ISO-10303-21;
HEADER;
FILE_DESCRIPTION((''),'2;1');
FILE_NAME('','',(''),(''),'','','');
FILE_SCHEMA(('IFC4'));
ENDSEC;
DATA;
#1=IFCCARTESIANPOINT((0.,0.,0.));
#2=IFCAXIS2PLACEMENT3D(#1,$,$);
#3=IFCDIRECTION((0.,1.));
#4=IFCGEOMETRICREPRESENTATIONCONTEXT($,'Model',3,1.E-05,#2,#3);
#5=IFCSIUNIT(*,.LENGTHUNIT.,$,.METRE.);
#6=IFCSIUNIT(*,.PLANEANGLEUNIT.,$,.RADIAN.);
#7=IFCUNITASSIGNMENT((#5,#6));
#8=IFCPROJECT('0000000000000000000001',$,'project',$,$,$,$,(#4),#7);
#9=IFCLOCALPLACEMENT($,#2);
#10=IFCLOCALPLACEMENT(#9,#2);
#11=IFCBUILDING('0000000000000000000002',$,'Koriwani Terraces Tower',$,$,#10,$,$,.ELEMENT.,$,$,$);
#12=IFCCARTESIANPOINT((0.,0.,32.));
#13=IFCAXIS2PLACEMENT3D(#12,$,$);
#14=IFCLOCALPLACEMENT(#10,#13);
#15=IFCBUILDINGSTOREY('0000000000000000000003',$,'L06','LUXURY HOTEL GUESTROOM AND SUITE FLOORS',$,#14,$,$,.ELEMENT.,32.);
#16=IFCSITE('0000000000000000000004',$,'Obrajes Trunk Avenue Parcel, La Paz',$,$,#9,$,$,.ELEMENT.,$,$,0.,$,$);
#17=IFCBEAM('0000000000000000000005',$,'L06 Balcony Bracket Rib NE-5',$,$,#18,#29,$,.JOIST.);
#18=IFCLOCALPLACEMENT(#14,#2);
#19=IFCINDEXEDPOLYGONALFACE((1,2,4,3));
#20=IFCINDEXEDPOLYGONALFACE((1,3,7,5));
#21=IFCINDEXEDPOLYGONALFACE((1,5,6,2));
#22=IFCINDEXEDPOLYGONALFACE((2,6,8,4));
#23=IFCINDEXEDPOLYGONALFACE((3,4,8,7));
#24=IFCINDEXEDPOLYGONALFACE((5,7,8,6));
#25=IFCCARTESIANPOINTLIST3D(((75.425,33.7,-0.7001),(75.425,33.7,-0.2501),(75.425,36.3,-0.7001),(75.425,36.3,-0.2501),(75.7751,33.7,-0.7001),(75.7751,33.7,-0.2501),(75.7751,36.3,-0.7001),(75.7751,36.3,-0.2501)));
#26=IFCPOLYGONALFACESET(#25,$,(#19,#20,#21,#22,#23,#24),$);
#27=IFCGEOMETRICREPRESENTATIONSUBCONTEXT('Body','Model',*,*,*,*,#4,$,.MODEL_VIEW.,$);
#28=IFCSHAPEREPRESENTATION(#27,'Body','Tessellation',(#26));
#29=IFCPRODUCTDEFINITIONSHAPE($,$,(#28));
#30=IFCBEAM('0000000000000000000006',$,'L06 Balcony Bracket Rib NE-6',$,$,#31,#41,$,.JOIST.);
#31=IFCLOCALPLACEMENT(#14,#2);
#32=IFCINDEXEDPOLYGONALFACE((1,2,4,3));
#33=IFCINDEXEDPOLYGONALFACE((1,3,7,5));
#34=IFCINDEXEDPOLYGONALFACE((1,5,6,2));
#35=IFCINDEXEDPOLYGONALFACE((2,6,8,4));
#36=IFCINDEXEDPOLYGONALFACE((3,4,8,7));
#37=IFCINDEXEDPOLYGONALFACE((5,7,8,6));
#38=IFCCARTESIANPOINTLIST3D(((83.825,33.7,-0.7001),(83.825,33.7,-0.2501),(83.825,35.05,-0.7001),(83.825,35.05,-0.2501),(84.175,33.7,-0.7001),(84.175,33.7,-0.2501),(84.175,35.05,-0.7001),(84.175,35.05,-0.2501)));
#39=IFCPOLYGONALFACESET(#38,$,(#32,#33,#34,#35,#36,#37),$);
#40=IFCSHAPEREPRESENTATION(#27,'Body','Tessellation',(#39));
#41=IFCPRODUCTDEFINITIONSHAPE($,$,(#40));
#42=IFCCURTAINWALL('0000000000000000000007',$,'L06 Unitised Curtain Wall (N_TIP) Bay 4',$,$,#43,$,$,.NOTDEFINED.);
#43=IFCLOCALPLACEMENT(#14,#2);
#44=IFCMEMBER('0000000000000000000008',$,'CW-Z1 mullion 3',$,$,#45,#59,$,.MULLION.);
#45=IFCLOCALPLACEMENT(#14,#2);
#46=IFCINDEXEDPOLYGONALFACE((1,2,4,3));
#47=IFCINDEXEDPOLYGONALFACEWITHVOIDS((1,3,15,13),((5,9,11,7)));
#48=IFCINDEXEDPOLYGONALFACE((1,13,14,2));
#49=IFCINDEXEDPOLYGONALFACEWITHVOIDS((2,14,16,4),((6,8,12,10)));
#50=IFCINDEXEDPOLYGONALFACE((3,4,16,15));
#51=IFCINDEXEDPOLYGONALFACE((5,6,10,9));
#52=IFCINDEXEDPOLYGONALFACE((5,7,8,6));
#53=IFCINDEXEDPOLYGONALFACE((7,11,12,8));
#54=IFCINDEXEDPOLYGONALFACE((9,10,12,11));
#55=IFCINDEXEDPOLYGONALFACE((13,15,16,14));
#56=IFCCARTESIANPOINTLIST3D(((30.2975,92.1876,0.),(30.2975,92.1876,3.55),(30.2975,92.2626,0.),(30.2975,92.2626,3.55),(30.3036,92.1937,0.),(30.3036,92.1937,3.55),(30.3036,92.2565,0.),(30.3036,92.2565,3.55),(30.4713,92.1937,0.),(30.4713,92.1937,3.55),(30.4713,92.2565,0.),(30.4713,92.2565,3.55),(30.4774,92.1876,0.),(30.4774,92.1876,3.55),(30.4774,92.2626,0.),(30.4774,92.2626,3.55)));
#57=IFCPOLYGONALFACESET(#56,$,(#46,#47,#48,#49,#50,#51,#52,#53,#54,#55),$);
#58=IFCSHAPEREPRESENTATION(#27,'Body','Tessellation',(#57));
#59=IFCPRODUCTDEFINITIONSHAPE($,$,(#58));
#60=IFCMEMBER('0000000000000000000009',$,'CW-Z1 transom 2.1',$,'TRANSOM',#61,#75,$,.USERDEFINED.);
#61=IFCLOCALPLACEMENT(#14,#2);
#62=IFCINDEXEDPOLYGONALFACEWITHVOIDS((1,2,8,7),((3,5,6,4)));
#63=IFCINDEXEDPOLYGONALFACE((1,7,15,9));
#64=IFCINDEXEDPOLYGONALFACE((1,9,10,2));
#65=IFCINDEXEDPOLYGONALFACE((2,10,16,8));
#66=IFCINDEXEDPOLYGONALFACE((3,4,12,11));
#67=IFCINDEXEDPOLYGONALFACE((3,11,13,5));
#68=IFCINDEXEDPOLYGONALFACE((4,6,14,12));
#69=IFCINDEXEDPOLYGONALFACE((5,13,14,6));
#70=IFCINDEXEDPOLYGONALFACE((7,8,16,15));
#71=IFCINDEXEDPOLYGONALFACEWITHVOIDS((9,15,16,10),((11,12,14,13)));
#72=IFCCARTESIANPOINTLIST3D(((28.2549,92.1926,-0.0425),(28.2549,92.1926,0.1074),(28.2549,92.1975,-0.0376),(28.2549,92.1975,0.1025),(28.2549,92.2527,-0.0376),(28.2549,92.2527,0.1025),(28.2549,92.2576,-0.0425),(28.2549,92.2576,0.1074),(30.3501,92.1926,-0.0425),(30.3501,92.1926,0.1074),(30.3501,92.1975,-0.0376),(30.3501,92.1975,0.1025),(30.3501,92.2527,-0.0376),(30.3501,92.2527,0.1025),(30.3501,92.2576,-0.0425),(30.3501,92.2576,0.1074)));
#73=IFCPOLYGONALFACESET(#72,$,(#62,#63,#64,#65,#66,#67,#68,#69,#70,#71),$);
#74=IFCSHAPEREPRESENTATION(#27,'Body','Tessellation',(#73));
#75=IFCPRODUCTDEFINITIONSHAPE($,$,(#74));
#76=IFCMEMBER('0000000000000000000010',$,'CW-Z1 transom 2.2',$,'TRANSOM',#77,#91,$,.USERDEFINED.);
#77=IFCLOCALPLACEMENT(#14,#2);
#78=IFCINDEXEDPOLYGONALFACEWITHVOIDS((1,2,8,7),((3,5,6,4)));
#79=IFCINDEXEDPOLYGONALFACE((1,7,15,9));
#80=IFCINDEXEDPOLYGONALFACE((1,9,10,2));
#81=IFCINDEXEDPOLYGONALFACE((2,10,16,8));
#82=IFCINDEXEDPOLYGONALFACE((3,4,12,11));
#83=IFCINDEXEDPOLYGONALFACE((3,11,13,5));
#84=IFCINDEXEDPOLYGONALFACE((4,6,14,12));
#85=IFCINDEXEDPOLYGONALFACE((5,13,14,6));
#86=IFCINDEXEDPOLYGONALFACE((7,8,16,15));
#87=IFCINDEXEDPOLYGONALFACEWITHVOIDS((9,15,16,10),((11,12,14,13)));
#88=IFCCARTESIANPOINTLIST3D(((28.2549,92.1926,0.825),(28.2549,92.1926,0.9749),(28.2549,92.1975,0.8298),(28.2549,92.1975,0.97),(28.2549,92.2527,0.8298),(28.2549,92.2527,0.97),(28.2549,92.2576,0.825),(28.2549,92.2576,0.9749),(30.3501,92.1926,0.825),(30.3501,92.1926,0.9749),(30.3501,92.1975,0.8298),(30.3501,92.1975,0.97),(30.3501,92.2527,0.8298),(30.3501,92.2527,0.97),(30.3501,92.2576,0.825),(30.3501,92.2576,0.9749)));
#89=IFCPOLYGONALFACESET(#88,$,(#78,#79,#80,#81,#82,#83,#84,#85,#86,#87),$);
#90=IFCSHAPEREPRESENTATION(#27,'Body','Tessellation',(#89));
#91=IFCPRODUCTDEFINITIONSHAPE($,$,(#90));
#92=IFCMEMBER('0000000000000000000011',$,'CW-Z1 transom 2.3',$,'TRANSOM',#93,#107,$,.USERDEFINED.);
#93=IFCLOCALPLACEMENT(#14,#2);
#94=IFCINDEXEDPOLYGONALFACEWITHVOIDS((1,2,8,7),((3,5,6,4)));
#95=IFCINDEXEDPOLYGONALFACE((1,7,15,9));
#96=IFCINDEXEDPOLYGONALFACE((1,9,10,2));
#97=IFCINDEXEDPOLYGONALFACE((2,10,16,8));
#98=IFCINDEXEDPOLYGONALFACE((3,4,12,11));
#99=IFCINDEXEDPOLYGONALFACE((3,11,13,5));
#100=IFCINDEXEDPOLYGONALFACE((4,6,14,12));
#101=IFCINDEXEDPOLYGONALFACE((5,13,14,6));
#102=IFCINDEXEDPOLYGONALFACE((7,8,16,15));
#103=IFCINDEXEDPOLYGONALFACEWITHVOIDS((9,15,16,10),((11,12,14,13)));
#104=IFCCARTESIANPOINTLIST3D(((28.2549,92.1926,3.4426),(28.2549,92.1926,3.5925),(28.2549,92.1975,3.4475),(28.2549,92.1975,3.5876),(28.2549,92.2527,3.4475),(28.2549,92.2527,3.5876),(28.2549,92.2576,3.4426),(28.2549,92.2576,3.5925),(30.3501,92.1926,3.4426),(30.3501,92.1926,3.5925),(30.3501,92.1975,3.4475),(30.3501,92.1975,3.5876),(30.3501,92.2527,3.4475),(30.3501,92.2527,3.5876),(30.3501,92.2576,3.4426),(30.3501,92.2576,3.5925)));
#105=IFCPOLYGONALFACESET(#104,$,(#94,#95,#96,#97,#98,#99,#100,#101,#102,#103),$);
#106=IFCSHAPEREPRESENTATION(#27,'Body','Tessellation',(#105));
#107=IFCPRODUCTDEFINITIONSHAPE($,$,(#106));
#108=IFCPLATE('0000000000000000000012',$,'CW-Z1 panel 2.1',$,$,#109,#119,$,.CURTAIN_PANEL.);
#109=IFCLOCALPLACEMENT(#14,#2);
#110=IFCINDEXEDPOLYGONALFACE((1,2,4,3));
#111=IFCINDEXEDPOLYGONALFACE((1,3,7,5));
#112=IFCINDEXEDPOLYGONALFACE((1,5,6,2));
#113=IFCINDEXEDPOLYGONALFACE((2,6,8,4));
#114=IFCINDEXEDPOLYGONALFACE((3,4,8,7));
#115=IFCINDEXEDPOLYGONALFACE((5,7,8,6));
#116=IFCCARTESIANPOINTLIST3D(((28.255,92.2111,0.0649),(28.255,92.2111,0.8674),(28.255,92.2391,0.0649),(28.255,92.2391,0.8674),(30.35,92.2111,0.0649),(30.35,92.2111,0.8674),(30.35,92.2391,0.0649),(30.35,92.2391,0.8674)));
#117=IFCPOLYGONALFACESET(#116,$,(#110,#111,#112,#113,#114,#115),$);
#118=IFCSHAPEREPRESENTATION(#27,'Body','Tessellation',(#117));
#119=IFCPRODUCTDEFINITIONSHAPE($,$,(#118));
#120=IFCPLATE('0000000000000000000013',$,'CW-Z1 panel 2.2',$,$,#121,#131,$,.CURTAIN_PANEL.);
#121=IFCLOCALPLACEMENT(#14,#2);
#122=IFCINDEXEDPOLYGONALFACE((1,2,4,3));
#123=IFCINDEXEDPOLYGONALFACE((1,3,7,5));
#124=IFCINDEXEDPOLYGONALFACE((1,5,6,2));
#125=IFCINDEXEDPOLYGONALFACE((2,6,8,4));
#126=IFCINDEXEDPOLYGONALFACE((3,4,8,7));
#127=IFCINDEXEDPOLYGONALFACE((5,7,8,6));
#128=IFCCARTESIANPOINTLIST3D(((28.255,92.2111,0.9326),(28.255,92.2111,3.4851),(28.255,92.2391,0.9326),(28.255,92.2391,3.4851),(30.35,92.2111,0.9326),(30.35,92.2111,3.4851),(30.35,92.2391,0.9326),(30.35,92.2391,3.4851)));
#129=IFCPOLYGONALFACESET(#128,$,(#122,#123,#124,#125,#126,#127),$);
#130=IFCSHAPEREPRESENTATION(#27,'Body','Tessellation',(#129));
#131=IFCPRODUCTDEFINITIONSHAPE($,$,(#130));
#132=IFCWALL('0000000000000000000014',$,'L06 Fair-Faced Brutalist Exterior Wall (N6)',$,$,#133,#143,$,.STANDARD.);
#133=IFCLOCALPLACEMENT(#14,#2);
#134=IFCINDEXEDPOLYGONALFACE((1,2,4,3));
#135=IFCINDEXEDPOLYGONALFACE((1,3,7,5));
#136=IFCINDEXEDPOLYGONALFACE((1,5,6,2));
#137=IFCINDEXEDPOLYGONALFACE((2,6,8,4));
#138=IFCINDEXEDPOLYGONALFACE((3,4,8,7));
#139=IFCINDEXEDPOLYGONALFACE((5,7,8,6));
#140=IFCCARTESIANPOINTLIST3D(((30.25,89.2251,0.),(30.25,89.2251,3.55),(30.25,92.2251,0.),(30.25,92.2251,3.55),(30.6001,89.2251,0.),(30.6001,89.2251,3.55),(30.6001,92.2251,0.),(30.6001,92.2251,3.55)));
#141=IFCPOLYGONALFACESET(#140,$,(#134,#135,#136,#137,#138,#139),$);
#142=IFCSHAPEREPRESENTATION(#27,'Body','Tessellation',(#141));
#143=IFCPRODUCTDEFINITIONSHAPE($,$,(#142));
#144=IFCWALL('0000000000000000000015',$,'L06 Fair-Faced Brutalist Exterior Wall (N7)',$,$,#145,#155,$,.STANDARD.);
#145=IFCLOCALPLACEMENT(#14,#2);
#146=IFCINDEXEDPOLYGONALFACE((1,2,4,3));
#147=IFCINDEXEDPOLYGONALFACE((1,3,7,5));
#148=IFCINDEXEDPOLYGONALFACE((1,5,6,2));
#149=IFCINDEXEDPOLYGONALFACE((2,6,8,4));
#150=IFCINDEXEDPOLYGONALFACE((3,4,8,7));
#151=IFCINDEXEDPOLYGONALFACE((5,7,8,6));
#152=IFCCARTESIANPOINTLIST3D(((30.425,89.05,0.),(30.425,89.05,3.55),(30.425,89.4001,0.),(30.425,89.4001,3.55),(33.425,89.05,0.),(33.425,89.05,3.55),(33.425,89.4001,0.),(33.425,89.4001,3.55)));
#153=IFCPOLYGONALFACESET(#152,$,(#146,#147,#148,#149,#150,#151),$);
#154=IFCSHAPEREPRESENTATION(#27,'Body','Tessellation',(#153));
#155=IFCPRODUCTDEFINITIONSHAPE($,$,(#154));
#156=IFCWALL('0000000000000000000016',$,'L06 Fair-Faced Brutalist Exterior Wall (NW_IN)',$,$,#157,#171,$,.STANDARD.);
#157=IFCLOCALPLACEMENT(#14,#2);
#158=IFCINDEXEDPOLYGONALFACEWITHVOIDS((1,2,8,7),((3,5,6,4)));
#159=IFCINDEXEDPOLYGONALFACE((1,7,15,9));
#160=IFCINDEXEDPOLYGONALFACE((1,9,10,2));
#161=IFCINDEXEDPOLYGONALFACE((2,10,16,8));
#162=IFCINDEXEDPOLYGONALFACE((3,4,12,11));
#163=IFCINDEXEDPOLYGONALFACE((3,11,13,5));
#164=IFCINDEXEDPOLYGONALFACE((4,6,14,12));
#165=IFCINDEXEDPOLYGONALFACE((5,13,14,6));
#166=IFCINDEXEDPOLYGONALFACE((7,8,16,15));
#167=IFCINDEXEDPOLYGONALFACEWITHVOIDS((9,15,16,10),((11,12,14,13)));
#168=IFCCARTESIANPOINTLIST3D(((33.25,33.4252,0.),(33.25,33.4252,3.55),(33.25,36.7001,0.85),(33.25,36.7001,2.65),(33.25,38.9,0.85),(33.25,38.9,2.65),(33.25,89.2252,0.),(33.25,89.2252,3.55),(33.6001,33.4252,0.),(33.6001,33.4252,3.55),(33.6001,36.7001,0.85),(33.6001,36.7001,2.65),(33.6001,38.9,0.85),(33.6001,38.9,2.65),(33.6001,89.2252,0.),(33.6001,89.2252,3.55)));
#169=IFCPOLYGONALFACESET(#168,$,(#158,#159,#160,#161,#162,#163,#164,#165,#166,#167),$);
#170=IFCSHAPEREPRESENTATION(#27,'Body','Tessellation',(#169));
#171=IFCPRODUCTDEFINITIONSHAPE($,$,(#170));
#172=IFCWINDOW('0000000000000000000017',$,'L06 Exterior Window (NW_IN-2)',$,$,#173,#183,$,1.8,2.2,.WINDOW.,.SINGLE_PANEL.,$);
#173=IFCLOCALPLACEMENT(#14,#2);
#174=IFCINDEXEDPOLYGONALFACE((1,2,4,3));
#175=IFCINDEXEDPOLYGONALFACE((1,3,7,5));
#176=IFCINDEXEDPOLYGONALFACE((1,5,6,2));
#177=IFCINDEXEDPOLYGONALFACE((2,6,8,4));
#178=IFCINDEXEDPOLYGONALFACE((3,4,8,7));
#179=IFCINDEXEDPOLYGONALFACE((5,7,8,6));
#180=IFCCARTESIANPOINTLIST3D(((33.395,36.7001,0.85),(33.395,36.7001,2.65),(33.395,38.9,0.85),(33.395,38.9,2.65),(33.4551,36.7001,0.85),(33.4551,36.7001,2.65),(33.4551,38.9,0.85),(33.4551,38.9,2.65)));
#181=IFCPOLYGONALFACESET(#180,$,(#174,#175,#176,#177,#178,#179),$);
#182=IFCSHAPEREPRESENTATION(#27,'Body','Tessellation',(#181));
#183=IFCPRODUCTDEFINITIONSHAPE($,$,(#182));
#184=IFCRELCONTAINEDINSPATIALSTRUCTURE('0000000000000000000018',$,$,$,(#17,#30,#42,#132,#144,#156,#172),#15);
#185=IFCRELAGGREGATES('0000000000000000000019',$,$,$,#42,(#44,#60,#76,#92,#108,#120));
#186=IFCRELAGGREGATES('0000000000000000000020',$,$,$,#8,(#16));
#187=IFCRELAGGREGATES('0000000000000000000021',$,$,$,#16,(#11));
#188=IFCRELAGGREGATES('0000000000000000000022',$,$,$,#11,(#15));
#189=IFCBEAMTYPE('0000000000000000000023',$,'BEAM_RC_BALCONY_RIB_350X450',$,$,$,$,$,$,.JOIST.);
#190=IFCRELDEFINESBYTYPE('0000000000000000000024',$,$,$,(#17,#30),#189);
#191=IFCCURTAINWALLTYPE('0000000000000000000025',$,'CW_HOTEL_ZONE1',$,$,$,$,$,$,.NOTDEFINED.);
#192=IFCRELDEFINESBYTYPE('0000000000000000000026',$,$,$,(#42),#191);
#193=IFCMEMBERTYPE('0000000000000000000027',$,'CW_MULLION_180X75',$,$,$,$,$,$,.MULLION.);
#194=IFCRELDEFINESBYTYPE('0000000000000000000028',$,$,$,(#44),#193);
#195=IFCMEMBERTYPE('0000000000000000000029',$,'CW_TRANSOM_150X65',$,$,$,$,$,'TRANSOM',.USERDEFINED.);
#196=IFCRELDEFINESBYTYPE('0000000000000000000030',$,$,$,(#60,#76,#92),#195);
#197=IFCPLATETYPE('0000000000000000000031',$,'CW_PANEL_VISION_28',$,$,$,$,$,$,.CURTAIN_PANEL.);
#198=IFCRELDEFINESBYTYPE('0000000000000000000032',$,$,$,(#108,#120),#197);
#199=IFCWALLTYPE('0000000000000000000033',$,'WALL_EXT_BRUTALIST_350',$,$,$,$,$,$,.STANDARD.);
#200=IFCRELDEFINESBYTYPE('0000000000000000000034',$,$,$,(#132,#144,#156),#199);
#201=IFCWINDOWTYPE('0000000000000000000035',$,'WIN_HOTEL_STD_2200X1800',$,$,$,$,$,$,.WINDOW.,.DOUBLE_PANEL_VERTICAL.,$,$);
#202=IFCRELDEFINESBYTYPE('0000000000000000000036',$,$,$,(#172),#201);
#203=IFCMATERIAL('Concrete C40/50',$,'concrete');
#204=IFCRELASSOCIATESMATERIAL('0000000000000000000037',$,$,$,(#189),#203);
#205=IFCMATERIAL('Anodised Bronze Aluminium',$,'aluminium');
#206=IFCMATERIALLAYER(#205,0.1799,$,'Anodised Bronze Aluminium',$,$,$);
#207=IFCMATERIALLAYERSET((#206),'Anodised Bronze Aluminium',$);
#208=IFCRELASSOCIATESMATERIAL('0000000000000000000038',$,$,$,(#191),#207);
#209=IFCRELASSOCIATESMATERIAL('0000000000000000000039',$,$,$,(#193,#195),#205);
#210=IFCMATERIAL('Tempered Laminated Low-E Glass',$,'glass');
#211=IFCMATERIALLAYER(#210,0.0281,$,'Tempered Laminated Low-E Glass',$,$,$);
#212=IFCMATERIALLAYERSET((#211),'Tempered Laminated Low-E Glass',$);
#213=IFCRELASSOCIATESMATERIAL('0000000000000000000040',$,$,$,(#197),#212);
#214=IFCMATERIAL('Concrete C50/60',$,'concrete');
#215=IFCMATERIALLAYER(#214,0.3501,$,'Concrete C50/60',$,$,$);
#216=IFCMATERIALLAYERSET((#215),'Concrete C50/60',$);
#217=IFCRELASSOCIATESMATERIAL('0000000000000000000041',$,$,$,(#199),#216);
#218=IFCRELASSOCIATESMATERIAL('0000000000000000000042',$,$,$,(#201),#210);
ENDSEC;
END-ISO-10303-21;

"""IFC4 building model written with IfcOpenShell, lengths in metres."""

from ifc_helpers import new_model, si_unit, direction, frame, frame_2d, origin, origin_2d, place, context, subcontext, project, spatial, rectangle, hollow_rectangle, extrude, material, layer, layer_set, material_profile, profile_set, type_object, element, fill, aggregate, save


model = new_model("IFC4")

# Units and contexts
model_context = context("Model", 3, precision=1e-05, world=origin(), true_north=direction((0.0, 1.0)))
body_context = subcontext(model_context, "Body", "Model", "MODEL_VIEW")
ifc_project = project(units=[si_unit("LENGTHUNIT", "METRE"), si_unit("PLANEANGLEUNIT", "RADIAN")], contexts=[model_context])

# Site, building, storey
site_placement = place(None, origin())
site = spatial("IfcSite", under=ifc_project, at=site_placement, Name="Obrajes Trunk Avenue Parcel, La Paz", CompositionType="ELEMENT", RefElevation=0.0)
building_placement = place(site_placement, origin())
building = spatial("IfcBuilding", under=site, at=building_placement, Name="Koriwani Terraces Tower", CompositionType="ELEMENT")
storey_placement = place(building_placement, frame((0.0, 0.0, 32.0)))
storey = spatial("IfcBuildingStorey", under=building, at=storey_placement, Name="L06", Description="LUXURY HOTEL GUESTROOM AND SUITE FLOORS", CompositionType="ELEMENT", Elevation=32.0)

# Beams
ifc_material_1 = material(Name="Concrete C40/50", Category="concrete")
ifc_material_profile_1 = material_profile(ifc_material_1, rectangle(XDim=0.3501, YDim=0.45, at=origin_2d()), Name="Concrete C40/50", Category="LoadBearing")
ifc_profile_set_1 = profile_set([ifc_material_profile_1], Name="Concrete C40/50")
beam_type = type_object("IfcBeamType", Name="BEAM_RC_BALCONY_RIB_350X450", PredefinedType="JOIST", material=ifc_profile_set_1)
beam_1_placement = place(storey_placement, frame((75.6001, 33.7, -0.4751), z_axis=(0.0, 1.0, 0.0), x_axis=(-1.0, 0.0, 0.0)))
element("IfcBeam", 1, at=beam_1_placement, inside=storey, type_object=beam_type, Name="L06 Balcony Bracket Rib NE-5", PredefinedType="JOIST", context=body_context, shape_type="SweptSolid", body=[
    extrude(rectangle(XDim=0.3501, YDim=0.45, at=origin_2d()), origin(), (0.0, 0.0, 1.0), 2.6001),
])
beam_2_placement = place(storey_placement, frame((84.0, 33.7, -0.4751), z_axis=(0.0, 1.0, 0.0), x_axis=(-1.0, 0.0, 0.0)))
element("IfcBeam", 2, at=beam_2_placement, inside=storey, type_object=beam_type, Name="L06 Balcony Bracket Rib NE-6", PredefinedType="JOIST", context=body_context, shape_type="SweptSolid", body=[
    extrude(rectangle(XDim=0.3501, YDim=0.45, at=origin_2d()), origin(), (0.0, 0.0, 1.0), 1.3501),
])

# Curtain wall, members, plates
ifc_material_2 = material(Name="Anodised Bronze Aluminium", Category="aluminium")
ifc_layer_1 = layer(ifc_material_2, 0.1799, Name="Anodised Bronze Aluminium")
ifc_layer_set_1 = layer_set([ifc_layer_1], Name="Anodised Bronze Aluminium")
curtain_wall_type = type_object("IfcCurtainWallType", Name="CW_HOTEL_ZONE1", PredefinedType="NOTDEFINED", material=ifc_layer_set_1)
curtain_wall_placement = place(storey_placement, origin())
curtain_wall = element("IfcCurtainWall", 3, at=curtain_wall_placement, inside=storey, type_object=curtain_wall_type, Name="L06 Unitised Curtain Wall (N_TIP) Bay 4", PredefinedType="NOTDEFINED")
ifc_material_profile_2 = material_profile(ifc_material_2, hollow_rectangle(XDim=0.075, YDim=0.1799, WallThickness=0.0061, at=origin_2d()), Name="Anodised Bronze Aluminium", Category="LoadBearing")
ifc_profile_set_2 = profile_set([ifc_material_profile_2], Name="Anodised Bronze Aluminium")
member_type_1 = type_object("IfcMemberType", Name="CW_MULLION_180X75", PredefinedType="MULLION", material=ifc_profile_set_2)
member_1_placement = place(storey_placement, frame((30.3875, 92.2251, 0.0), z_axis=(0.0, 0.0, 1.0), x_axis=(0.0, 1.0, 0.0)))
member_1 = element("IfcMember", 4, at=member_1_placement, type_object=member_type_1, Name="CW-Z1 mullion 3", PredefinedType="MULLION", context=body_context, shape_type="SweptSolid", body=[
    extrude(hollow_rectangle(XDim=0.075, YDim=0.1799, WallThickness=0.0061, at=origin_2d()), origin(), (0.0, 0.0, 1.0), 3.55),
])
ifc_material_profile_3 = material_profile(ifc_material_2, hollow_rectangle(XDim=0.0649, YDim=0.1499, WallThickness=0.0049, at=origin_2d()), Name="Anodised Bronze Aluminium", Category="LoadBearing")
ifc_profile_set_3 = profile_set([ifc_material_profile_3], Name="Anodised Bronze Aluminium")
member_type_2 = type_object("IfcMemberType", Name="CW_TRANSOM_150X65", ElementType="TRANSOM", PredefinedType="USERDEFINED", material=ifc_profile_set_3)
member_2_placement = place(storey_placement, frame((28.2549, 92.2251, 0.0325), z_axis=(1.0, 0.0, 0.0), x_axis=(0.0, 1.0, 0.0)))
member_2 = element("IfcMember", 5, at=member_2_placement, type_object=member_type_2, Name="CW-Z1 transom 2.1", ObjectType="TRANSOM", PredefinedType="USERDEFINED", context=body_context, shape_type="SweptSolid", body=[
    extrude(hollow_rectangle(XDim=0.0649, YDim=0.1499, WallThickness=0.0049, at=origin_2d()), origin(), (0.0, 0.0, 1.0), 2.0952),
])
member_3_placement = place(storey_placement, frame((28.2549, 92.2251, 0.8999), z_axis=(1.0, 0.0, 0.0), x_axis=(0.0, 1.0, 0.0)))
member_3 = element("IfcMember", 6, at=member_3_placement, type_object=member_type_2, Name="CW-Z1 transom 2.2", ObjectType="TRANSOM", PredefinedType="USERDEFINED", context=body_context, shape_type="SweptSolid", body=[
    extrude(hollow_rectangle(XDim=0.0649, YDim=0.1499, WallThickness=0.0049, at=origin_2d()), origin(), (0.0, 0.0, 1.0), 2.0952),
])
member_4_placement = place(storey_placement, frame((28.2549, 92.2251, 3.5176), z_axis=(1.0, 0.0, 0.0), x_axis=(0.0, 1.0, 0.0)))
member_4 = element("IfcMember", 7, at=member_4_placement, type_object=member_type_2, Name="CW-Z1 transom 2.3", ObjectType="TRANSOM", PredefinedType="USERDEFINED", context=body_context, shape_type="SweptSolid", body=[
    extrude(hollow_rectangle(XDim=0.0649, YDim=0.1499, WallThickness=0.0049, at=origin_2d()), origin(), (0.0, 0.0, 1.0), 2.0952),
])
ifc_material_3 = material(Name="Tempered Laminated Low-E Glass", Category="glass")
ifc_layer_2 = layer(ifc_material_3, 0.0281, Name="Tempered Laminated Low-E Glass")
ifc_layer_set_2 = layer_set([ifc_layer_2], Name="Tempered Laminated Low-E Glass")
plate_type = type_object("IfcPlateType", Name="CW_PANEL_VISION_28", PredefinedType="CURTAIN_PANEL", material=ifc_layer_set_2)
plate_1_placement = place(storey_placement, frame((29.3025, 92.2251, 0.0649), z_axis=(0.0, 0.0, 1.0), x_axis=(1.0, 0.0, 0.0)))
plate_1 = element("IfcPlate", 8, at=plate_1_placement, type_object=plate_type, Name="CW-Z1 panel 2.1", PredefinedType="CURTAIN_PANEL", context=body_context, shape_type="SweptSolid", body=[
    extrude(rectangle(XDim=2.095, YDim=0.0281, at=origin_2d()), origin(), (0.0, 0.0, 1.0), 0.8025),
])
plate_2_placement = place(storey_placement, frame((29.3025, 92.2251, 0.9326), z_axis=(0.0, 0.0, 1.0), x_axis=(1.0, 0.0, 0.0)))
plate_2 = element("IfcPlate", 9, at=plate_2_placement, type_object=plate_type, Name="CW-Z1 panel 2.2", PredefinedType="CURTAIN_PANEL", context=body_context, shape_type="SweptSolid", body=[
    extrude(rectangle(XDim=2.095, YDim=0.0281, at=origin_2d()), origin(), (0.0, 0.0, 1.0), 2.5525),
])
aggregate(curtain_wall, [member_1, member_2, member_3, member_4, plate_1, plate_2])

# Walls
ifc_material_4 = material(Name="Concrete C50/60", Category="concrete")
ifc_layer_3 = layer(ifc_material_4, 0.3501, Name="Concrete C50/60")
ifc_layer_set_3 = layer_set([ifc_layer_3], Name="Concrete C50/60")
wall_type = type_object("IfcWallType", Name="WALL_EXT_BRUTALIST_350", PredefinedType="STANDARD", material=ifc_layer_set_3)
for number, where, z_axis, x_axis, name in (
    (10, (30.425, 92.2251, 0.0), (0.0, 0.0, 1.0), (0.0, -1.0, 0.0), "L06 Fair-Faced Brutalist Exterior Wall (N6)"),
    (11, (30.425, 89.2251, 0.0), (0.0, 0.0, 1.0), (1.0, 0.0, 0.0), "L06 Fair-Faced Brutalist Exterior Wall (N7)"),
):
    element("IfcWall", number, at=place(storey_placement, frame(where, z_axis=z_axis, x_axis=x_axis)), inside=storey, type_object=wall_type, Name=name, PredefinedType="STANDARD", context=body_context, shape_type="SweptSolid", body=[
        extrude(rectangle(XDim=3.0, YDim=0.3501, at=frame_2d((1.5, 0.0))), origin(), (0.0, 0.0, 1.0), 3.55),
    ])

# Wall, opening, window
wall_1_placement = place(storey_placement, frame((33.425, 89.2251, 0.0), z_axis=(0.0, 0.0, 1.0), x_axis=(0.0, -1.0, 0.0)))
wall_1 = element("IfcWall", 12, at=wall_1_placement, inside=storey, type_object=wall_type, Name="L06 Fair-Faced Brutalist Exterior Wall (NW_IN)", PredefinedType="STANDARD", context=body_context, shape_type="SweptSolid", body=[
    extrude(rectangle(XDim=55.8, YDim=0.3501, at=frame_2d((27.8999, 0.0))), origin(), (0.0, 0.0, 1.0), 3.55),
])
opening_1_placement = place(wall_1_placement, frame((50.325, 0.0, 0.8501)))
opening_1 = element("IfcOpeningElement", 13, at=opening_1_placement, cuts=wall_1, PredefinedType="OPENING", context=body_context, shape_type="SweptSolid", body=[
    extrude(rectangle(XDim=2.2, YDim=1.8, at=frame_2d((1.1001, 0.8999))), frame((0.0, 0.1851, 0.0), z_axis=(0.0, -1.0, 0.0), x_axis=(1.0, 0.0, 0.0)), (0.0, 0.0, 1.0), 0.3701),
])
window_type = type_object("IfcWindowType", Name="WIN_HOTEL_STD_2200X1800", PartitioningType="DOUBLE_PANEL_VERTICAL", PredefinedType="WINDOW", material=ifc_material_3)
window_placement = place(opening_1_placement, origin())
window = element("IfcWindow", 14, at=window_placement, inside=storey, type_object=window_type, Name="L06 Exterior Window (NW_IN-2)", OverallHeight=1.8, OverallWidth=2.2, PartitioningType="SINGLE_PANEL", PredefinedType="WINDOW", context=body_context, shape_type="SweptSolid", body=[
    extrude(rectangle(XDim=2.2, YDim=1.8, at=frame_2d((1.1001, 0.8999))), frame((0.0, 0.03, 0.0), z_axis=(0.0, -1.0, 0.0), x_axis=(1.0, 0.0, 0.0)), (0.0, 0.0, 1.0), 0.0601),
])
fill(opening_1, window)

save(model, "model.ifc")
